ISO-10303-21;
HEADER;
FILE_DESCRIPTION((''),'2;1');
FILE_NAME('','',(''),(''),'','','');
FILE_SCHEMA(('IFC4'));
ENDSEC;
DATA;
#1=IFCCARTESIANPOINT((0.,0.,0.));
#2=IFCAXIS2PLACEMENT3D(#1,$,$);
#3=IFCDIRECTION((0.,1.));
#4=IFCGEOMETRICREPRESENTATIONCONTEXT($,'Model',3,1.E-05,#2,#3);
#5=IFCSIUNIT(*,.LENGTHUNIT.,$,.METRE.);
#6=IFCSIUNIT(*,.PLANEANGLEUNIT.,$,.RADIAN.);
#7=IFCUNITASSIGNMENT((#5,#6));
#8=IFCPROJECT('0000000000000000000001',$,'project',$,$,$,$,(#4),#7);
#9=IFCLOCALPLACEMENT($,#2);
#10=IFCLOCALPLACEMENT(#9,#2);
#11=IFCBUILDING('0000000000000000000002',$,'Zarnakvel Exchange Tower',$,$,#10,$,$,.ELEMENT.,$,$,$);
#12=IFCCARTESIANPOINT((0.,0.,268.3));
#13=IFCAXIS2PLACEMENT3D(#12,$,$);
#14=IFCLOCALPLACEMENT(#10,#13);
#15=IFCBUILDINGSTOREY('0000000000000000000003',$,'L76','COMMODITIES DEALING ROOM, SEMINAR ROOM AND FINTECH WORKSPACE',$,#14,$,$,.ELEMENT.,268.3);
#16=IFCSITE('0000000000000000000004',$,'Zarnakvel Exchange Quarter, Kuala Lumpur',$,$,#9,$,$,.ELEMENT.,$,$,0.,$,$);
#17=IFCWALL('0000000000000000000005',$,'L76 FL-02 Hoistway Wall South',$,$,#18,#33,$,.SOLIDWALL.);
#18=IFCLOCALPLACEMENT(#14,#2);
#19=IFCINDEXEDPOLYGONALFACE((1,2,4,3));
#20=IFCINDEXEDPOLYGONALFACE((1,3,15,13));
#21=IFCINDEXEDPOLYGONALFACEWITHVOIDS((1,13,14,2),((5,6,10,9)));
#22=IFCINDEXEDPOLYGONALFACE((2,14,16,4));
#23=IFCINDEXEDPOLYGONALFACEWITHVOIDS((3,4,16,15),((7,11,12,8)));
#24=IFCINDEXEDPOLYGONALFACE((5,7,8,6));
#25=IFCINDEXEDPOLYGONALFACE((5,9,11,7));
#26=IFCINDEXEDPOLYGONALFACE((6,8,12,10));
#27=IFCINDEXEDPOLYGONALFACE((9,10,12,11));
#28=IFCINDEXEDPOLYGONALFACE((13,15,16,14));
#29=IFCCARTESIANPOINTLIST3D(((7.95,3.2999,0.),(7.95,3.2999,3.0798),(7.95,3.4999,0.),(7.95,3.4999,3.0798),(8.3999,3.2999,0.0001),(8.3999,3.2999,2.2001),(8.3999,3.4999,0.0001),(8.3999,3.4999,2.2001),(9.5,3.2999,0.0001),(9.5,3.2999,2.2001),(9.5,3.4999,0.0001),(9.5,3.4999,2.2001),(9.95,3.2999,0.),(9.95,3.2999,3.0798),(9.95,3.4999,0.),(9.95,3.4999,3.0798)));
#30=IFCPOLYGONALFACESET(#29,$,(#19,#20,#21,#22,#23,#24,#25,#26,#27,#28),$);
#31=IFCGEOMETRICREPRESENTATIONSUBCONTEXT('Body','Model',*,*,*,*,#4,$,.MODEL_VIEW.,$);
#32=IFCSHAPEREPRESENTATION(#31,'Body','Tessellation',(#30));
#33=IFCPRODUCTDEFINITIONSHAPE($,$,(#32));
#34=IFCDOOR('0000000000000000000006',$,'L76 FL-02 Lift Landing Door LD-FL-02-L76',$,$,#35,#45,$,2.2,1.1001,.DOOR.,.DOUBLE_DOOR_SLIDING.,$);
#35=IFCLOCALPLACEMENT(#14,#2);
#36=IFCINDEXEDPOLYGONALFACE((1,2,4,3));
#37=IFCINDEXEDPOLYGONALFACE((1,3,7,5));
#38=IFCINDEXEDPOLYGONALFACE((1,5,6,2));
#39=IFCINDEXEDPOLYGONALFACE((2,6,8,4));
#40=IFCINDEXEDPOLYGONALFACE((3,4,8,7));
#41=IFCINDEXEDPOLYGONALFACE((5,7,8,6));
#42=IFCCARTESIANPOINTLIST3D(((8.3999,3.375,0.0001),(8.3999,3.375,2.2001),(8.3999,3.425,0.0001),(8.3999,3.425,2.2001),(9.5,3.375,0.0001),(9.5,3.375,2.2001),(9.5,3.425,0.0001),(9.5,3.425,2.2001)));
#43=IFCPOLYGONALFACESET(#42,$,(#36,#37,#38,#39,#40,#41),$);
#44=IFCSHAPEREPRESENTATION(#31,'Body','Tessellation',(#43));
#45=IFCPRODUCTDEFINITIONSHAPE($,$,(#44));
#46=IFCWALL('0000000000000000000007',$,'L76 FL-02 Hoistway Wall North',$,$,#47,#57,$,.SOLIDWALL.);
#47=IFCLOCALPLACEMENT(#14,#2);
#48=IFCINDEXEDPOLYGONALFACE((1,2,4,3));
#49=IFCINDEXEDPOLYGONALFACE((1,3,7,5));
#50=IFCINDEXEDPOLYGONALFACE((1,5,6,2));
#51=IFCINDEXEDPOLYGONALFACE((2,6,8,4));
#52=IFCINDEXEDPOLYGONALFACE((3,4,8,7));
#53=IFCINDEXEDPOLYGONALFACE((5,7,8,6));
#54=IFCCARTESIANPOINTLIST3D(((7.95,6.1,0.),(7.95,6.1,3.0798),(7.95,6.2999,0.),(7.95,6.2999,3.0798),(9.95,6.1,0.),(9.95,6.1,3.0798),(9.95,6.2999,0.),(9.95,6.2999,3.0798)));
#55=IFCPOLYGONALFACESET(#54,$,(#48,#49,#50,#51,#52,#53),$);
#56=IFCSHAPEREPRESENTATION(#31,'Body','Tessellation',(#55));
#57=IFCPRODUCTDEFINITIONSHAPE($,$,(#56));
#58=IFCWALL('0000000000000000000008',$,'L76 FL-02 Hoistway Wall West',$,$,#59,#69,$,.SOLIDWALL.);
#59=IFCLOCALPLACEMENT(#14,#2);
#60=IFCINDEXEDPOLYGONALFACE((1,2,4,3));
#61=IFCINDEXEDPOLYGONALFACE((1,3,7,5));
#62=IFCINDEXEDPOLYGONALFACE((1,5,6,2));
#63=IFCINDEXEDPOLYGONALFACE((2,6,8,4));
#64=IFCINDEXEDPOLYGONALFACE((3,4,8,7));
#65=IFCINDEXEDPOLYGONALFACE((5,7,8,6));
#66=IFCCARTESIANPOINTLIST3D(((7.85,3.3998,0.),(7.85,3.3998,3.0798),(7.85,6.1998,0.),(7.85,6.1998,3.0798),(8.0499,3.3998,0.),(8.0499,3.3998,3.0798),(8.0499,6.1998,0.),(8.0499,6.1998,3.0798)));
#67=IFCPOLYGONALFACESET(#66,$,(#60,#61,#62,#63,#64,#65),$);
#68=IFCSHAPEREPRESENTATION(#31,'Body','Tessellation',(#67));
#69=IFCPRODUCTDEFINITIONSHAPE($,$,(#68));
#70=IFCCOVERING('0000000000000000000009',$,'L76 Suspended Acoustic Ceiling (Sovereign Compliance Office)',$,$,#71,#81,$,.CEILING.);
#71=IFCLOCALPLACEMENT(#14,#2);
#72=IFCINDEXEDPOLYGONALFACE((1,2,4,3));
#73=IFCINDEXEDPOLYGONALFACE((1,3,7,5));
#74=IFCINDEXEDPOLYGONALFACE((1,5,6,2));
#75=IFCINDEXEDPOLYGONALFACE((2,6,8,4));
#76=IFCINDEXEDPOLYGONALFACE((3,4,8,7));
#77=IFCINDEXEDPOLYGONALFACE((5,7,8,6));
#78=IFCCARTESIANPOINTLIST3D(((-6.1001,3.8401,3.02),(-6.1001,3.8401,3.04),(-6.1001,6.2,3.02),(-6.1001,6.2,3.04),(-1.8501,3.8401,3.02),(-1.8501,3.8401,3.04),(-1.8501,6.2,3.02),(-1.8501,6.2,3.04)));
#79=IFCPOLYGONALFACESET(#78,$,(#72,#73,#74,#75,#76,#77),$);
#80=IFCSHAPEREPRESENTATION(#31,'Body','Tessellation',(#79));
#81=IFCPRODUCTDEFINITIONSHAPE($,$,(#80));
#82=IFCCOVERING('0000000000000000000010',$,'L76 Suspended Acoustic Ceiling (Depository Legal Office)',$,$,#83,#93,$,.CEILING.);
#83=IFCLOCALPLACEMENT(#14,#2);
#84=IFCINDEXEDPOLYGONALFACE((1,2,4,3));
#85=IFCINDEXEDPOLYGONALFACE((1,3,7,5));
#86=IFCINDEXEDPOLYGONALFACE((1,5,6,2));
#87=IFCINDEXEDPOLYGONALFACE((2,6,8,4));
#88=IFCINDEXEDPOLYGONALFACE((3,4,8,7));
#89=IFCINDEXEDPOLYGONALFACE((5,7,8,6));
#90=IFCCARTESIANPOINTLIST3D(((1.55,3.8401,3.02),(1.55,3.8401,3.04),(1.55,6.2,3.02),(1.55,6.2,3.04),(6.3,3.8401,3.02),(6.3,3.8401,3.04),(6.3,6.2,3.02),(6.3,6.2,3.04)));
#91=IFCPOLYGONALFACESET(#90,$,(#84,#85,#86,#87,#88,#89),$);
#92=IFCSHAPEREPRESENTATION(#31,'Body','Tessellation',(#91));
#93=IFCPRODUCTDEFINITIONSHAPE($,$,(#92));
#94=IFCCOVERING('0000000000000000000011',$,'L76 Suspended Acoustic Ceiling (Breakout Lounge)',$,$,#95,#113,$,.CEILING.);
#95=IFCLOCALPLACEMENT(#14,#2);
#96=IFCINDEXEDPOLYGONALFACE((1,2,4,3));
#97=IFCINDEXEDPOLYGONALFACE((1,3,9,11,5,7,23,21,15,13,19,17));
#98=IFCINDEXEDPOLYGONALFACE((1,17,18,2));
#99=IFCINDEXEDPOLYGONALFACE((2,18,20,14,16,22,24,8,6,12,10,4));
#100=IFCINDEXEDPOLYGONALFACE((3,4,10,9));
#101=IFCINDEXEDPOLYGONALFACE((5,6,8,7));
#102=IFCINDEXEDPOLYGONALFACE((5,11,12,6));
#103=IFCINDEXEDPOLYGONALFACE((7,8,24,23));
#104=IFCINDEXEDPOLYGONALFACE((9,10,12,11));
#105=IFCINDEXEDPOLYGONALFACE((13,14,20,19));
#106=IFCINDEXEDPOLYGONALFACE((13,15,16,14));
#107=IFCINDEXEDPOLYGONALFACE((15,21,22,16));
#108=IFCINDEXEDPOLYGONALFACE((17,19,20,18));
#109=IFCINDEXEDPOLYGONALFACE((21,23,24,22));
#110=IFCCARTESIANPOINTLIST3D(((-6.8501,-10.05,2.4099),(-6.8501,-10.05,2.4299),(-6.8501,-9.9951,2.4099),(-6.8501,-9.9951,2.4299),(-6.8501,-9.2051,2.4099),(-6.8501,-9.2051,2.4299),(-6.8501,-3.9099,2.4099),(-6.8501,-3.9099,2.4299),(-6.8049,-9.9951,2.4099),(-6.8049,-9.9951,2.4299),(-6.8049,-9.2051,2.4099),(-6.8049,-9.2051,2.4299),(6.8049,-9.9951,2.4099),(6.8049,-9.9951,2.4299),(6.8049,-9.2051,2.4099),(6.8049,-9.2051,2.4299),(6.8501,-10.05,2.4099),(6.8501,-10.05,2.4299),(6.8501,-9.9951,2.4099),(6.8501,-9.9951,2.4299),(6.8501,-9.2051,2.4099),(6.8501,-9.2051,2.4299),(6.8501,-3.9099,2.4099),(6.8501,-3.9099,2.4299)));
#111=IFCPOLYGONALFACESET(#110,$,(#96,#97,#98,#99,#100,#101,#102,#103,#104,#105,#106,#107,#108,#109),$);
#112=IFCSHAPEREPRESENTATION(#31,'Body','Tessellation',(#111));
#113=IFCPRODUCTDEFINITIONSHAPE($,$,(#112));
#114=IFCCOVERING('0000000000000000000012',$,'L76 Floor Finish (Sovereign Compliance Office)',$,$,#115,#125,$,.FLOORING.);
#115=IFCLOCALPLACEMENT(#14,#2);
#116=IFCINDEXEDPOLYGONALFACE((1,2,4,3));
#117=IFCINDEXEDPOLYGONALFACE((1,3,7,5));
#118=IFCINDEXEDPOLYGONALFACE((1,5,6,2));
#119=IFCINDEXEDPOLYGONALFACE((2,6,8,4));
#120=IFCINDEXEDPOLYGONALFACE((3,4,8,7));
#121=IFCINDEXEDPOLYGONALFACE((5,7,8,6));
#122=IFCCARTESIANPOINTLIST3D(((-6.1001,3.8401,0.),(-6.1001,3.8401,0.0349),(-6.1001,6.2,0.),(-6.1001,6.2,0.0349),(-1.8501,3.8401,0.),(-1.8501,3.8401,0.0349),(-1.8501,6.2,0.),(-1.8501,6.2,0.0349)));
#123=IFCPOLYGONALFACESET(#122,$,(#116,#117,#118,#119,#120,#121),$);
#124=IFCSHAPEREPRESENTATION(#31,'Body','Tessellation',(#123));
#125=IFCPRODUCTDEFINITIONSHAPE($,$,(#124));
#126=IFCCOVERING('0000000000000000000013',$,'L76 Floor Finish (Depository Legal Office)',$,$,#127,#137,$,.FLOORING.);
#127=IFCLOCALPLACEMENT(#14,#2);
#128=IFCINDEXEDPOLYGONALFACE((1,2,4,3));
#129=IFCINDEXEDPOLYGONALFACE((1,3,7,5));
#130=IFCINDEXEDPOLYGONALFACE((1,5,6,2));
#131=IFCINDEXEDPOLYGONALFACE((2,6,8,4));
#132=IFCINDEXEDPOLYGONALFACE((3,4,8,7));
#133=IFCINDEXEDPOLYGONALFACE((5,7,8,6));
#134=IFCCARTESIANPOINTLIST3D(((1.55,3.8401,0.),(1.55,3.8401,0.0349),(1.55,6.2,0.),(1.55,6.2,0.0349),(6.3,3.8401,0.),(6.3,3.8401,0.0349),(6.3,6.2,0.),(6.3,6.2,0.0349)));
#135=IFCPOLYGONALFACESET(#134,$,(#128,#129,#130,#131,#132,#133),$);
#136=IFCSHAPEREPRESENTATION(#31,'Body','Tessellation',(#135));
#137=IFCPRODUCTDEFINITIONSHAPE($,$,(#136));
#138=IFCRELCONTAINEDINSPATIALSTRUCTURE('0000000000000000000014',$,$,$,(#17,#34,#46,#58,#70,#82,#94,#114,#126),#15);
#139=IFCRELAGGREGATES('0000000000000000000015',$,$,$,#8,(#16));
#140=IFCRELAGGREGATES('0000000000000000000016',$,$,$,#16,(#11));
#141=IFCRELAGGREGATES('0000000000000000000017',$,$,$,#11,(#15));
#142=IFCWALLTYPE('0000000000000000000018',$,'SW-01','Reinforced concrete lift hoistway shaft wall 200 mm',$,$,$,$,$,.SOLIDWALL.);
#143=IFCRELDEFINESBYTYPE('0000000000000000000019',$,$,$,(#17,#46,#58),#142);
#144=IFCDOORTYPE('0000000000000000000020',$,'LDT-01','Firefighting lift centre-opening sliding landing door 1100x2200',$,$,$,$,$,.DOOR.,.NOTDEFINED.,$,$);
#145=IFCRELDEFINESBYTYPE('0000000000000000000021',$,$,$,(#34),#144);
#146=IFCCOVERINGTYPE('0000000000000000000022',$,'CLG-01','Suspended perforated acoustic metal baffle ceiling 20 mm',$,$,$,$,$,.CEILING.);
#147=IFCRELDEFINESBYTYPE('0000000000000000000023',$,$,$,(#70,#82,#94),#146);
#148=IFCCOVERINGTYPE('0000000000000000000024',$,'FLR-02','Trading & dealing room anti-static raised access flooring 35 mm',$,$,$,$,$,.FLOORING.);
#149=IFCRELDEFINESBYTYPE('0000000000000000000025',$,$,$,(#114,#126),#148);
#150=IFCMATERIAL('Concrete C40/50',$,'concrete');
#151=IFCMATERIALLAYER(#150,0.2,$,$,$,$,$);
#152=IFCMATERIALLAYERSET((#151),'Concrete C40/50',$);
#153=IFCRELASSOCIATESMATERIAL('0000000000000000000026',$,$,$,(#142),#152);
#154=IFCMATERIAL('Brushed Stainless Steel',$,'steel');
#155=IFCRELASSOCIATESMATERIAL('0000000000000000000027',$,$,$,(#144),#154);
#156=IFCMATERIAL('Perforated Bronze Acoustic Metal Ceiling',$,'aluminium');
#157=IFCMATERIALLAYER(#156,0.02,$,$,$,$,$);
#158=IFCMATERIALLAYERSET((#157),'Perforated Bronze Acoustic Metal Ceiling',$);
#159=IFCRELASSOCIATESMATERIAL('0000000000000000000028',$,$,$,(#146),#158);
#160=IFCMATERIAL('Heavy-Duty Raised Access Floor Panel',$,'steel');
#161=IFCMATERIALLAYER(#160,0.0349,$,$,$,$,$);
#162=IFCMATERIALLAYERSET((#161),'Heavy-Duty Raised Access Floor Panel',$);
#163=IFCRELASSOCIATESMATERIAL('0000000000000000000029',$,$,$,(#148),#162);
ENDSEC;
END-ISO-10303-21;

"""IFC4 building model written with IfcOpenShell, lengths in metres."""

from ifc_helpers import new_model, si_unit, direction, frame, frame_2d, origin, place, context, subcontext, project, spatial, polyline, rectangle, outline, extrude, source, transform, mapped, material, layer, layer_set, type_object, element, fill, save


model = new_model("IFC4")

# Units and contexts
model_context = context("Model", 3, precision=1e-05, world=origin(), true_north=direction((0.0, 1.0)))
body_context = subcontext(model_context, "Body", "Model", "MODEL_VIEW")
ifc_project = project(units=[si_unit("LENGTHUNIT", "METRE"), si_unit("PLANEANGLEUNIT", "RADIAN")], contexts=[model_context])

# Site, building, storey
site_placement = place(None, origin())
site = spatial("IfcSite", under=ifc_project, at=site_placement, Name="Zarnakvel Exchange Quarter, Kuala Lumpur", CompositionType="ELEMENT", RefElevation=0.0)
building_placement = place(site_placement, origin())
building = spatial("IfcBuilding", under=site, at=building_placement, Name="Zarnakvel Exchange Tower", CompositionType="ELEMENT")
storey_placement = place(building_placement, frame((0.0, 0.0, 268.3)))
storey = spatial("IfcBuildingStorey", under=building, at=storey_placement, Name="L76", Description="COMMODITIES DEALING ROOM, SEMINAR ROOM AND FINTECH WORKSPACE", CompositionType="ELEMENT", Elevation=268.3)

# Wall, opening, door
ifc_material_1 = material(Name="Concrete C40/50", Category="concrete")
ifc_layer_1 = layer(ifc_material_1, 0.2)
ifc_layer_set_1 = layer_set([ifc_layer_1], Name="Concrete C40/50")
wall_type_1 = type_object("IfcWallType", Name="SW-01", Description="Reinforced concrete lift hoistway shaft wall 200 mm", PredefinedType="SOLIDWALL", material=ifc_layer_set_1)
wall_1_placement = place(storey_placement, frame((9.95, 3.3999, 0.0), z_axis=(0.0, 0.0, 1.0), x_axis=(-1.0, 0.0, 0.0)))
wall_1 = element("IfcWall", 1, at=wall_1_placement, inside=storey, type_object=wall_type_1, Name="L76 FL-02 Hoistway Wall South", PredefinedType="SOLIDWALL", context=body_context, shape_type="SweptSolid", body=[
    extrude(rectangle(XDim=2.0, YDim=0.2, at=frame_2d((1.0, 0.0))), origin(), (0.0, 0.0, 1.0), 3.0798),
])
opening_1_placement = place(wall_1_placement, frame((0.45, 0.0, 0.0)))
opening_1 = element("IfcOpeningElement", 2, at=opening_1_placement, cuts=wall_1, PredefinedType="OPENING", context=body_context, shape_type="SweptSolid", body=[
    extrude(rectangle(XDim=1.1001, YDim=2.2, at=frame_2d((0.55, 1.1001))), frame((0.0, 0.1099, 0.0), z_axis=(0.0, -1.0, 0.0), x_axis=(1.0, 0.0, 0.0)), (0.0, 0.0, 1.0), 0.22),
])
ifc_material_2 = material(Name="Brushed Stainless Steel", Category="steel")
door_type_1 = type_object("IfcDoorType", Name="LDT-01", Description="Firefighting lift centre-opening sliding landing door 1100x2200", OperationType="NOTDEFINED", PredefinedType="DOOR", material=ifc_material_2)
shared_shape_1 = source(origin(), body_context, "Body", "SweptSolid", [
    extrude(rectangle(XDim=1.1001, YDim=2.2, at=frame_2d((0.55, 1.1001))), frame((0.0, 0.0249, 0.0), z_axis=(0.0, -1.0, 0.0), x_axis=(1.0, 0.0, 0.0)), (0.0, 0.0, 1.0), 0.05),
])
door_1_placement = place(opening_1_placement, origin())
door_1 = element("IfcDoor", 3, at=door_1_placement, inside=storey, type_object=door_type_1, Name="L76 FL-02 Lift Landing Door LD-FL-02-L76", OperationType="DOUBLE_DOOR_SLIDING", OverallHeight=2.2, OverallWidth=1.1001, PredefinedType="DOOR", context=body_context, shape_type="MappedRepresentation", body=[
    mapped(shared_shape_1, transform((0.0, 0.0, 0.0), x_axis=(1.0, 0.0, 0.0), y_axis=(0.0, 1.0, 0.0), z_axis=(0.0, 0.0, 1.0), scale=1.0)),
])
fill(opening_1, door_1)

# Walls
wall_2_placement = place(storey_placement, frame((7.95, 6.2, 0.0), z_axis=(0.0, 0.0, 1.0), x_axis=(1.0, 0.0, 0.0)))
element("IfcWall", 4, at=wall_2_placement, inside=storey, type_object=wall_type_1, Name="L76 FL-02 Hoistway Wall North", PredefinedType="SOLIDWALL", context=body_context, shape_type="SweptSolid", body=[
    extrude(rectangle(XDim=2.0, YDim=0.2, at=frame_2d((1.0, 0.0))), origin(), (0.0, 0.0, 1.0), 3.0798),
])
wall_3_placement = place(storey_placement, frame((7.95, 3.3999, 0.0), z_axis=(0.0, 0.0, 1.0), x_axis=(0.0, 1.0, 0.0)))
element("IfcWall", 5, at=wall_3_placement, inside=storey, type_object=wall_type_1, Name="L76 FL-02 Hoistway Wall West", PredefinedType="SOLIDWALL", context=body_context, shape_type="SweptSolid", body=[
    extrude(rectangle(XDim=2.8, YDim=0.2, at=frame_2d((1.3999, 0.0))), origin(), (0.0, 0.0, 1.0), 3.0798),
])

# Coverings
ifc_material_3 = material(Name="Perforated Bronze Acoustic Metal Ceiling", Category="aluminium")
ifc_layer_2 = layer(ifc_material_3, 0.02)
ifc_layer_set_2 = layer_set([ifc_layer_2], Name="Perforated Bronze Acoustic Metal Ceiling")
covering_type_1 = type_object("IfcCoveringType", Name="CLG-01", Description="Suspended perforated acoustic metal baffle ceiling 20 mm", PredefinedType="CEILING", material=ifc_layer_set_2)
covering_1_placement = place(storey_placement, frame((0.0, 0.0, 3.02)))
element("IfcCovering", 6, at=covering_1_placement, inside=storey, type_object=covering_type_1, Name="L76 Suspended Acoustic Ceiling (Sovereign Compliance Office)", PredefinedType="CEILING", context=body_context, shape_type="SweptSolid", body=[
    extrude(outline(polyline([(-6.1001, 6.2), (-1.8501, 6.2), (-1.8501, 3.8401), (-6.1001, 3.8401), (-6.1001, 6.2)])), origin(), (0.0, 0.0, 1.0), 0.02),
])
covering_2_placement = place(storey_placement, frame((0.0, 0.0, 3.02)))
element("IfcCovering", 7, at=covering_2_placement, inside=storey, type_object=covering_type_1, Name="L76 Suspended Acoustic Ceiling (Depository Legal Office)", PredefinedType="CEILING", context=body_context, shape_type="SweptSolid", body=[
    extrude(outline(polyline([(1.55, 6.2), (6.3, 6.2), (6.3, 3.8401), (1.55, 3.8401), (1.55, 6.2)])), origin(), (0.0, 0.0, 1.0), 0.02),
])
covering_3_placement = place(storey_placement, frame((0.0, 0.0, 2.4099)))
element("IfcCovering", 8, at=covering_3_placement, inside=storey, type_object=covering_type_1, Name="L76 Suspended Acoustic Ceiling (Breakout Lounge)", PredefinedType="CEILING", context=body_context, shape_type="SweptSolid", body=[
    extrude(outline(polyline([(-6.8501, -9.9951), (-6.8049, -9.9951), (-6.8049, -9.2051), (-6.8501, -9.2051), (-6.8501, -3.9099), (6.8501, -3.9099), (6.8501, -9.2051), (6.8049, -9.2051), (6.8049, -9.9951), (6.8501, -9.9951), (6.8501, -10.05), (-6.8501, -10.05), (-6.8501, -9.9951)])), origin(), (0.0, 0.0, 1.0), 0.02),
])
ifc_material_4 = material(Name="Heavy-Duty Raised Access Floor Panel", Category="steel")
ifc_layer_3 = layer(ifc_material_4, 0.0349)
ifc_layer_set_3 = layer_set([ifc_layer_3], Name="Heavy-Duty Raised Access Floor Panel")
covering_type_2 = type_object("IfcCoveringType", Name="FLR-02", Description="Trading & dealing room anti-static raised access flooring 35 mm", PredefinedType="FLOORING", material=ifc_layer_set_3)
covering_4_placement = place(storey_placement, origin())
element("IfcCovering", 9, at=covering_4_placement, inside=storey, type_object=covering_type_2, Name="L76 Floor Finish (Sovereign Compliance Office)", PredefinedType="FLOORING", context=body_context, shape_type="SweptSolid", body=[
    extrude(outline(polyline([(-6.1001, 6.2), (-1.8501, 6.2), (-1.8501, 3.8401), (-6.1001, 3.8401), (-6.1001, 6.2)])), origin(), (0.0, 0.0, 1.0), 0.0349),
])
covering_5_placement = place(storey_placement, origin())
element("IfcCovering", 10, at=covering_5_placement, inside=storey, type_object=covering_type_2, Name="L76 Floor Finish (Depository Legal Office)", PredefinedType="FLOORING", context=body_context, shape_type="SweptSolid", body=[
    extrude(outline(polyline([(1.55, 6.2), (6.3, 6.2), (6.3, 3.8401), (1.55, 3.8401), (1.55, 6.2)])), origin(), (0.0, 0.0, 1.0), 0.0349),
])

save(model, "model.ifc")
